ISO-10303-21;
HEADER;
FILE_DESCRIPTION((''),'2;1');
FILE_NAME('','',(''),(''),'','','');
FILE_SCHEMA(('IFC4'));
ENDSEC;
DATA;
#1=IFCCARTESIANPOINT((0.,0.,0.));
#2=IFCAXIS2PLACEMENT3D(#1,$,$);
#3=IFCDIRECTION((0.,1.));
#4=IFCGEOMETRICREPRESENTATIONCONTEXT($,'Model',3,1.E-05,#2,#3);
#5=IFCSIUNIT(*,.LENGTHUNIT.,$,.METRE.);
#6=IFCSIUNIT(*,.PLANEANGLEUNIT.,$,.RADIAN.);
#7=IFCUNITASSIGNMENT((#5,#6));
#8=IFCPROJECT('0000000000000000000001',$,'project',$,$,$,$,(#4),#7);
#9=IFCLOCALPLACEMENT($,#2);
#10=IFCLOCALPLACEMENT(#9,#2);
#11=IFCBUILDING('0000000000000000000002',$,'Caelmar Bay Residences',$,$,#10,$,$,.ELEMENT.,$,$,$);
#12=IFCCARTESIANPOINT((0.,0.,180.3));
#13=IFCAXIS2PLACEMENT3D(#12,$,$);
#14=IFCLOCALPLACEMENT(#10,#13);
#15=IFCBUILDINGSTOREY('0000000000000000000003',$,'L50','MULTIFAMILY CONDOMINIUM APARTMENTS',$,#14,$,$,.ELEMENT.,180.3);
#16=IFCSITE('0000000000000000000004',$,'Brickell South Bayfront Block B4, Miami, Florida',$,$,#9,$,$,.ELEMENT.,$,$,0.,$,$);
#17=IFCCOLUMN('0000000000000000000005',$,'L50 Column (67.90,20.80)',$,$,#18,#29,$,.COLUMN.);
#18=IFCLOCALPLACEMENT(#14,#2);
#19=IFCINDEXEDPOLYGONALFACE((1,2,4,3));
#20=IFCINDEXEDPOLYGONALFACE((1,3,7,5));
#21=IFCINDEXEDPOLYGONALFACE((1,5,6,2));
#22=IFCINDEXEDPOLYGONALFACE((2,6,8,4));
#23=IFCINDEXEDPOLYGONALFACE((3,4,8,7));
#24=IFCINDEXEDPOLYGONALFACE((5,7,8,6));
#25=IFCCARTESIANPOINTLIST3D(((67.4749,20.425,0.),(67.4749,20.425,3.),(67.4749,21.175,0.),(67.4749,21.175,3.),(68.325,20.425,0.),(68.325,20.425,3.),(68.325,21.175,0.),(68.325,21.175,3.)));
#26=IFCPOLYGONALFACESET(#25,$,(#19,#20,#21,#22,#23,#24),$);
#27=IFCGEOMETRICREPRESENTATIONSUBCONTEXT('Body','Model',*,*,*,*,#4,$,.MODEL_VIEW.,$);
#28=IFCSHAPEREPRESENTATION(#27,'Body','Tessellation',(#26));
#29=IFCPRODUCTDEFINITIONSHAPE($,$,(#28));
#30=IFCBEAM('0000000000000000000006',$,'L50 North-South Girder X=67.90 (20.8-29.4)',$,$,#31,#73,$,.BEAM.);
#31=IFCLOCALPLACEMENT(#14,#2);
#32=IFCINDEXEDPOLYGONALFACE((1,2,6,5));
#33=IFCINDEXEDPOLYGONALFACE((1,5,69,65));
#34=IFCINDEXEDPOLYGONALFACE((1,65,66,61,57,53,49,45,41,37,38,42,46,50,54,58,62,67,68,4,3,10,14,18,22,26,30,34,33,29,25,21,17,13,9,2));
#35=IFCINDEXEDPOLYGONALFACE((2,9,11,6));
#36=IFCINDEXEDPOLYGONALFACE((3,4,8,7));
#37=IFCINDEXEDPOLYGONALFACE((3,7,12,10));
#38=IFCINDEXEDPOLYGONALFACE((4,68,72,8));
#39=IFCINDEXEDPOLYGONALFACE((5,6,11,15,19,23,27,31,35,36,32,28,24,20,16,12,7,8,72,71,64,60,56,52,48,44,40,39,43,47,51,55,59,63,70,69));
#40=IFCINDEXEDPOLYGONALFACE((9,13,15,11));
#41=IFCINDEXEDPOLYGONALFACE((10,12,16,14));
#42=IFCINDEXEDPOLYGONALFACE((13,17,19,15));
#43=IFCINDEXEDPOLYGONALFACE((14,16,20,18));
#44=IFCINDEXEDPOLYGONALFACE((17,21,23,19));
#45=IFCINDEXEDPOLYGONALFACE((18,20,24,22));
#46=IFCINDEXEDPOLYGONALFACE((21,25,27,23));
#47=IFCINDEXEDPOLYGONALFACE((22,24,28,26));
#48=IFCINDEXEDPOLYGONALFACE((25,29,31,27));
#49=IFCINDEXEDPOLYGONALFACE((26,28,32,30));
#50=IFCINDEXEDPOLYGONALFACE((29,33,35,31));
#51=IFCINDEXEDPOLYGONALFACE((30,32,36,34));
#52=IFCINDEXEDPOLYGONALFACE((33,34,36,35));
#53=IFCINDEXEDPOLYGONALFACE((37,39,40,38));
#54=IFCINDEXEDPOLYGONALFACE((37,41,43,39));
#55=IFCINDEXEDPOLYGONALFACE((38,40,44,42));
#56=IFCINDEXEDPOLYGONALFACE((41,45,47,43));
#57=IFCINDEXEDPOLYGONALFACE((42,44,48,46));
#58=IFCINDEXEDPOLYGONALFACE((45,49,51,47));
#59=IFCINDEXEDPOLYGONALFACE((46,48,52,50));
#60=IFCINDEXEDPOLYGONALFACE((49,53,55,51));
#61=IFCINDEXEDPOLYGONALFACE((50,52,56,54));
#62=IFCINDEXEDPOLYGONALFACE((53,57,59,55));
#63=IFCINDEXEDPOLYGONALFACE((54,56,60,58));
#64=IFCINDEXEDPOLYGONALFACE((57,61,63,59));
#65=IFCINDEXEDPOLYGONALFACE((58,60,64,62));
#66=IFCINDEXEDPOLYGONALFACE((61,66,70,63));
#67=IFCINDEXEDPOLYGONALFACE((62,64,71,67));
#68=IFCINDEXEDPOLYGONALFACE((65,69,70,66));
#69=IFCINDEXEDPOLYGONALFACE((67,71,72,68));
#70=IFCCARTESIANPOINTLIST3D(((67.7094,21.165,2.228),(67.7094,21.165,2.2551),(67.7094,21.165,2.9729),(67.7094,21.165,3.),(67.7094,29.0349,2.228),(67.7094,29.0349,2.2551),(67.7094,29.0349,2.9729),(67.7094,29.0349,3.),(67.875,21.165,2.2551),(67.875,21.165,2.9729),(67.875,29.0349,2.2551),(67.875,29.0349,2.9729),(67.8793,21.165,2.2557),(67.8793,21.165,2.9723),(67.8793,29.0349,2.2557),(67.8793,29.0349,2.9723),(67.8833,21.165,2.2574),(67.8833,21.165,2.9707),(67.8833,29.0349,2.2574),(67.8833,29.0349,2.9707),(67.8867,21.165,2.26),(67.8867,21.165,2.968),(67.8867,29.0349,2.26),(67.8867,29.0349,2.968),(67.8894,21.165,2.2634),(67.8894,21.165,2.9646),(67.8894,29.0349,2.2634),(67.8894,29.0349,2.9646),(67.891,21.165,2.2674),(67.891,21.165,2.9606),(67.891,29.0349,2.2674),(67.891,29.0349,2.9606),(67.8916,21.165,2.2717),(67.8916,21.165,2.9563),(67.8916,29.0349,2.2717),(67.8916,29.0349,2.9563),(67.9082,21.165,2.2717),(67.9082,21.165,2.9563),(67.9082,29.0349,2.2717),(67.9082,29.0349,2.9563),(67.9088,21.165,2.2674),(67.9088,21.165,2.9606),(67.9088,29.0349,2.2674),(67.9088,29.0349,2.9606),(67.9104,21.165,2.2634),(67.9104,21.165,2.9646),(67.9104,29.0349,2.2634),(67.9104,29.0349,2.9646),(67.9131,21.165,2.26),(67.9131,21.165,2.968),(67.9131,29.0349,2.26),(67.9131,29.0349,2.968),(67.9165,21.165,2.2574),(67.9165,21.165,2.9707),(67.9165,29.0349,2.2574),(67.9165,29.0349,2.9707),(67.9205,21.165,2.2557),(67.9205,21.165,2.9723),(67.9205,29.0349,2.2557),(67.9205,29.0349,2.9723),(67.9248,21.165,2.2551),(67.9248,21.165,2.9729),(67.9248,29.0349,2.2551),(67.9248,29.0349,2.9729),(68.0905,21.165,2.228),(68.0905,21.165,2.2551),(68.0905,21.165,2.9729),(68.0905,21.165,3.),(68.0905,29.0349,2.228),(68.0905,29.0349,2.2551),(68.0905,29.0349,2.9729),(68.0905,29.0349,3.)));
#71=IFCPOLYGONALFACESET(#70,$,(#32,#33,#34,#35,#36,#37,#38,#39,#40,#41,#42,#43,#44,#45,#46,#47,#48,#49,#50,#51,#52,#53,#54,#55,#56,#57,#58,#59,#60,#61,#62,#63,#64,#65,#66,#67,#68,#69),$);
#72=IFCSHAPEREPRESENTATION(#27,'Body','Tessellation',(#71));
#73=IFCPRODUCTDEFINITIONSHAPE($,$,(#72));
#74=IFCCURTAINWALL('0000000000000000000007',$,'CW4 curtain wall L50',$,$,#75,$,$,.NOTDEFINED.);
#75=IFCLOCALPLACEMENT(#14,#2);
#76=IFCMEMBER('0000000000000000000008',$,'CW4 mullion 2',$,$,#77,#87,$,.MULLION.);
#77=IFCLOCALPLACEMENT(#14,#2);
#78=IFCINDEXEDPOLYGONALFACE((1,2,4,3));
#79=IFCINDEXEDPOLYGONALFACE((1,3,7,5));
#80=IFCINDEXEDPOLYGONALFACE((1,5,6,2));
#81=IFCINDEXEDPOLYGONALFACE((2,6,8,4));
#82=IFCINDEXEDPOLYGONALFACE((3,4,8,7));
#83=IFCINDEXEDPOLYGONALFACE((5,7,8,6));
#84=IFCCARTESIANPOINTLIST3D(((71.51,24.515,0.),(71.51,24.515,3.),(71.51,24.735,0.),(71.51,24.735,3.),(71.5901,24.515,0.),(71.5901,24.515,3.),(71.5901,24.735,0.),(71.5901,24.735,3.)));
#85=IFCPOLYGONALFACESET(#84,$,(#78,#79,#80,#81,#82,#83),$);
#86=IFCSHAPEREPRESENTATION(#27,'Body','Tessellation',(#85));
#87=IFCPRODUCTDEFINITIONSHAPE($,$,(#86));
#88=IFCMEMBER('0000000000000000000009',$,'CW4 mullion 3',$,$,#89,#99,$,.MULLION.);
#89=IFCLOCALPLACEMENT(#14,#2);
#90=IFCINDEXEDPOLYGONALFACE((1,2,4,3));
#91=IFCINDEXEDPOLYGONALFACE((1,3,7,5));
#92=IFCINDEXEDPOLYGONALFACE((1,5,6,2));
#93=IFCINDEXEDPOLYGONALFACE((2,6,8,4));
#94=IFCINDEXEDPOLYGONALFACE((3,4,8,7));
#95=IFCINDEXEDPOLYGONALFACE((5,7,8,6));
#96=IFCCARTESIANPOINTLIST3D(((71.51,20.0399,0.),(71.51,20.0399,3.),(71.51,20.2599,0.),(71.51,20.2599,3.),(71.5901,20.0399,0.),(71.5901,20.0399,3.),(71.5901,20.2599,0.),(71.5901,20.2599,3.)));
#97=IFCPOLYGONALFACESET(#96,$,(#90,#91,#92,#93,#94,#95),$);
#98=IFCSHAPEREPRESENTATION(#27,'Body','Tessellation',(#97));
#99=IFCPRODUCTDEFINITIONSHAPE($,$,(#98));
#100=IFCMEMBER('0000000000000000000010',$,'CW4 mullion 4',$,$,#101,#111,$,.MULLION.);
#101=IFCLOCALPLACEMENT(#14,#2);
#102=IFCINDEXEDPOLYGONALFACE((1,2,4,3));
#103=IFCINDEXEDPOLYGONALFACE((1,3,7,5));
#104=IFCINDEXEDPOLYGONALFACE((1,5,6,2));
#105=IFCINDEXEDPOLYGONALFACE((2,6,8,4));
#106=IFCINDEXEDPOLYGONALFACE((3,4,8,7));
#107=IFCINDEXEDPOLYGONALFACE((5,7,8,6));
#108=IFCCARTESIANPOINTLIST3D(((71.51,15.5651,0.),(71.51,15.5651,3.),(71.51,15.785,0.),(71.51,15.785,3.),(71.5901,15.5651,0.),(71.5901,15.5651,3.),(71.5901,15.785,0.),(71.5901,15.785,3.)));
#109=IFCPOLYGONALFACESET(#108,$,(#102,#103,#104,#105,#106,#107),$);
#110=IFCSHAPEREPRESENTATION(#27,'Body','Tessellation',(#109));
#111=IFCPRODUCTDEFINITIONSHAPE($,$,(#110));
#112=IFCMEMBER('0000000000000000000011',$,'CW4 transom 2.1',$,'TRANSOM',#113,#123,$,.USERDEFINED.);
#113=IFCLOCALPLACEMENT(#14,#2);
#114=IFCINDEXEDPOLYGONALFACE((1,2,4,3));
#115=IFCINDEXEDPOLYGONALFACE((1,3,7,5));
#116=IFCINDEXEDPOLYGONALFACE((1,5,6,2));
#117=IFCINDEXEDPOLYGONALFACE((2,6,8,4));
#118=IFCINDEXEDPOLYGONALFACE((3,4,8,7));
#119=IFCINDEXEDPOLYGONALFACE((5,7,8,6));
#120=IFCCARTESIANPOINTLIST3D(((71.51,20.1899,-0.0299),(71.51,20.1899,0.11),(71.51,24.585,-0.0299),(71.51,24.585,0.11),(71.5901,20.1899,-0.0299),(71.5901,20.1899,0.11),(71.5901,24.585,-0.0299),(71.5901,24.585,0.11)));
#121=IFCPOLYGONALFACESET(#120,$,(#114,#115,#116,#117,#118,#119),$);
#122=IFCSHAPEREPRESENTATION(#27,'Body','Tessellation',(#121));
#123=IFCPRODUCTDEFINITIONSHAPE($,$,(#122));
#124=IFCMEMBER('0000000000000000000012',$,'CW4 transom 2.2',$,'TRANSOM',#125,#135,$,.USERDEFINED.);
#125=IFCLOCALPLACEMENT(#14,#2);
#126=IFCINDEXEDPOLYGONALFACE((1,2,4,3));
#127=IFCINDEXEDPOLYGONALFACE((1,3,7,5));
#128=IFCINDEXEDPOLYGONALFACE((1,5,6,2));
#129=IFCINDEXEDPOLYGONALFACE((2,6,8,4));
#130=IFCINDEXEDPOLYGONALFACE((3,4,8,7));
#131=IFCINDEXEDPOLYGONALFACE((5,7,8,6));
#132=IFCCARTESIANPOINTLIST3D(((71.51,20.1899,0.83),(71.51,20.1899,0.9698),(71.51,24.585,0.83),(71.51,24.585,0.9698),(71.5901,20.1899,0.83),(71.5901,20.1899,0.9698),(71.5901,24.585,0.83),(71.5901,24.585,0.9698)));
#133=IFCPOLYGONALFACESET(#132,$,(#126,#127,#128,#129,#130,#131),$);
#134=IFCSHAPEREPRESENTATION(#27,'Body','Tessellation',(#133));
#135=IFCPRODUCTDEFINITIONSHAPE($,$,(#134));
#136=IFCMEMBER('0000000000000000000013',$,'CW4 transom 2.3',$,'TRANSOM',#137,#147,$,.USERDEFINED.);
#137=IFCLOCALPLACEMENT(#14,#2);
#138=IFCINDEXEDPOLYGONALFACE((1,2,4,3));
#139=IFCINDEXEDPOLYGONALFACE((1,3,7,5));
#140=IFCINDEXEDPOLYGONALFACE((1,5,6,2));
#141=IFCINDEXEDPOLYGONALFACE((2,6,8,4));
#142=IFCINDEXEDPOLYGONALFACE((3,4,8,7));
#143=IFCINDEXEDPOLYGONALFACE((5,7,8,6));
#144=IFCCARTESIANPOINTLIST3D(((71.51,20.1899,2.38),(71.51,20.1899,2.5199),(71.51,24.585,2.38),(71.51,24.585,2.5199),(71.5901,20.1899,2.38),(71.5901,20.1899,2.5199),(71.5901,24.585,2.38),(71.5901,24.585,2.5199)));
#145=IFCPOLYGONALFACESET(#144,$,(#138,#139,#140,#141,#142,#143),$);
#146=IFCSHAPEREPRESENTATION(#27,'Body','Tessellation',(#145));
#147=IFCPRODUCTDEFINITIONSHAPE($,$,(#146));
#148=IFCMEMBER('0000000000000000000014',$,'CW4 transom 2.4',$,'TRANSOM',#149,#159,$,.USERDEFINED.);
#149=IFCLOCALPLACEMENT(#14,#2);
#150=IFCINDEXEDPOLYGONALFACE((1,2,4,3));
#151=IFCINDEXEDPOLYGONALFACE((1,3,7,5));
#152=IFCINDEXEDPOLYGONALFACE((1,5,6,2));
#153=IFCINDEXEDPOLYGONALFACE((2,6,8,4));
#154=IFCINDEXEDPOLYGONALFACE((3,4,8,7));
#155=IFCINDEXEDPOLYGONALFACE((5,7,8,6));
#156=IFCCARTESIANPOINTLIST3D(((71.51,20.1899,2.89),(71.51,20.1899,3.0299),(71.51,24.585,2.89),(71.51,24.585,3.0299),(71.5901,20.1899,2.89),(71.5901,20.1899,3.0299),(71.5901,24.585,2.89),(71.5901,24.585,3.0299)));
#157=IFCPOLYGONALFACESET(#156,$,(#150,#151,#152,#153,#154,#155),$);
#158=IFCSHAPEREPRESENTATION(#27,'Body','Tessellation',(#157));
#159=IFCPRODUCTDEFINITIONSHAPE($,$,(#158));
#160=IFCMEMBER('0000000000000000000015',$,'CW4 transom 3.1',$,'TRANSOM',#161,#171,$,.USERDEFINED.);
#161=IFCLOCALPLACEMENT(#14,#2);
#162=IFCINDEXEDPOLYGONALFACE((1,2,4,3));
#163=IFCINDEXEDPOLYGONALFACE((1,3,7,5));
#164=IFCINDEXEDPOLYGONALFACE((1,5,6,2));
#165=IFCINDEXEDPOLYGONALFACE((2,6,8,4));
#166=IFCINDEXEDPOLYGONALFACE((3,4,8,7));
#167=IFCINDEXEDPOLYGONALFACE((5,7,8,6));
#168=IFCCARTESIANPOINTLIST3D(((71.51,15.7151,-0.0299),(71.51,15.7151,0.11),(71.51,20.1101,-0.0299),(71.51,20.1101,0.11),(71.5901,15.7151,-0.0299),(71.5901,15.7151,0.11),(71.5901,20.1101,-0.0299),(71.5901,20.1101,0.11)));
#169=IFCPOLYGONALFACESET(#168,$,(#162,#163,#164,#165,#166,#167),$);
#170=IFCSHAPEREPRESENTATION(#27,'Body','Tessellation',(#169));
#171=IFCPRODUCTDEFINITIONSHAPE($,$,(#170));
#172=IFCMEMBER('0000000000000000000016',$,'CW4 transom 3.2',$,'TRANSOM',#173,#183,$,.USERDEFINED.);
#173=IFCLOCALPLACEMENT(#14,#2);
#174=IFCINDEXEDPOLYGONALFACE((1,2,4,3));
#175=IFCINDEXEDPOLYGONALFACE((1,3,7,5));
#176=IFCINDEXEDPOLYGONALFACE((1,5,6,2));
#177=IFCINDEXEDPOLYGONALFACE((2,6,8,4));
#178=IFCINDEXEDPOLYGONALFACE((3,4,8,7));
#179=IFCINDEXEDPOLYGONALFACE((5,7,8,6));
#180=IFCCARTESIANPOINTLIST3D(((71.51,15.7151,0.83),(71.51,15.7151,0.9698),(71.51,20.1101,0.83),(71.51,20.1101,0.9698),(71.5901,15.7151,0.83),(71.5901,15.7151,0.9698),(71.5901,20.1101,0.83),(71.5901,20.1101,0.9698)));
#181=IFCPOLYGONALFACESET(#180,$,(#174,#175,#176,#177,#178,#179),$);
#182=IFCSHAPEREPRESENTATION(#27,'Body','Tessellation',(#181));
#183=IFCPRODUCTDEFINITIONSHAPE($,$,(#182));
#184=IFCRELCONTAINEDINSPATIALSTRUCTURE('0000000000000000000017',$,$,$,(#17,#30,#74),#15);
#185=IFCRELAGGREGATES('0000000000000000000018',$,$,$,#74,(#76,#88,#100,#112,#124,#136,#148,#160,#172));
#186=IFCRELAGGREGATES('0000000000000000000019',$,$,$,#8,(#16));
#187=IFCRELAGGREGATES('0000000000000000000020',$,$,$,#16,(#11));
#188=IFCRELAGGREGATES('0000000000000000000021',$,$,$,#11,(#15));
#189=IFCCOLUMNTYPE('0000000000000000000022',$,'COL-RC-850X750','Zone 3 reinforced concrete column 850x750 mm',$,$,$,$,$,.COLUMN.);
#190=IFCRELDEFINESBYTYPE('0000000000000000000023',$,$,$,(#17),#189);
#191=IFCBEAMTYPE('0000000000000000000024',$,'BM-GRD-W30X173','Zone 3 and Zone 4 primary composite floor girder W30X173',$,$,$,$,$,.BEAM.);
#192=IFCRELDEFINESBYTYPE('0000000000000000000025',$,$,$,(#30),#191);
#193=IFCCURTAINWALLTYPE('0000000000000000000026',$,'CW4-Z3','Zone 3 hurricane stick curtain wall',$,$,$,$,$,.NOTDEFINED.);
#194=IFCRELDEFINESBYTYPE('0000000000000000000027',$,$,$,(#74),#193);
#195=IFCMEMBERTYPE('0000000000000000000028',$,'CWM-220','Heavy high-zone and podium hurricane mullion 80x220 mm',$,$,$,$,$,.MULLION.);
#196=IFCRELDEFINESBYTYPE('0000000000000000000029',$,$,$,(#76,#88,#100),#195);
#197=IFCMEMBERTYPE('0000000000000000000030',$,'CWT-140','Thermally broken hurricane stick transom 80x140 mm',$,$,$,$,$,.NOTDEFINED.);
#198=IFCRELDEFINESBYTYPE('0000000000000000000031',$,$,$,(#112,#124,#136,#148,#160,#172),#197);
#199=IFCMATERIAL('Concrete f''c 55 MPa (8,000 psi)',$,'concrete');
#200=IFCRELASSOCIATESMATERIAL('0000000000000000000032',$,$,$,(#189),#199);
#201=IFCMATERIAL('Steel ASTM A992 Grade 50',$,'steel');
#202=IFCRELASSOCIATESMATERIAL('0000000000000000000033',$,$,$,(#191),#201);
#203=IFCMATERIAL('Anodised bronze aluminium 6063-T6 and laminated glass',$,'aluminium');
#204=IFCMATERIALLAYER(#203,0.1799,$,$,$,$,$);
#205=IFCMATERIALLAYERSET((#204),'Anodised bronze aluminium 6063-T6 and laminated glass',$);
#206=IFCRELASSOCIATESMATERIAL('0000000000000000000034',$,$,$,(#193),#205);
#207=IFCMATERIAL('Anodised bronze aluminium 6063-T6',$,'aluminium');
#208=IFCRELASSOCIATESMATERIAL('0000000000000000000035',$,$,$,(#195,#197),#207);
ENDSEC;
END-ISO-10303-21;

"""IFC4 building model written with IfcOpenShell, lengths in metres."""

from ifc_helpers import new_model, si_unit, direction, frame, origin, origin_2d, place, context, subcontext, project, spatial, rectangle, i_section, extrude, material, layer, layer_set, material_profile, profile_set, type_object, element, aggregate, save


model = new_model("IFC4")

# Units and contexts
model_context = context("Model", 3, precision=1e-05, world=origin(), true_north=direction((0.0, 1.0)))
body_context = subcontext(model_context, "Body", "Model", "MODEL_VIEW")
ifc_project = project(units=[si_unit("LENGTHUNIT", "METRE"), si_unit("PLANEANGLEUNIT", "RADIAN")], contexts=[model_context])

# Site, building, storey
site_placement = place(None, origin())
site = spatial("IfcSite", under=ifc_project, at=site_placement, Name="Brickell South Bayfront Block B4, Miami, Florida", CompositionType="ELEMENT", RefElevation=0.0)
building_placement = place(site_placement, origin())
building = spatial("IfcBuilding", under=site, at=building_placement, Name="Caelmar Bay Residences", CompositionType="ELEMENT")
storey_placement = place(building_placement, frame((0.0, 0.0, 180.3)))
storey = spatial("IfcBuildingStorey", under=building, at=storey_placement, Name="L50", Description="MULTIFAMILY CONDOMINIUM APARTMENTS", CompositionType="ELEMENT", Elevation=180.3)

# Column
ifc_material_1 = material(Name="Concrete f'c 55 MPa (8,000 psi)", Category="concrete")
ifc_material_profile_1 = material_profile(ifc_material_1, rectangle(XDim=0.8501, YDim=0.75, at=origin_2d()), Name="RC-COL-850X750")
ifc_profile_set_1 = profile_set([ifc_material_profile_1], Name="Concrete f'c 55 MPa (8,000 psi)")
column_type = type_object("IfcColumnType", Name="COL-RC-850X750", Description="Zone 3 reinforced concrete column 850x750 mm", PredefinedType="COLUMN", material=ifc_profile_set_1)
column_placement = place(storey_placement, frame((67.8999, 20.8, 0.0), z_axis=(0.0, 0.0, 1.0), x_axis=(1.0, 0.0, 0.0)))
element("IfcColumn", 1, at=column_placement, inside=storey, type_object=column_type, Name="L50 Column (67.90,20.80)", PredefinedType="COLUMN", context=body_context, shape_type="SweptSolid", body=[
    extrude(rectangle(XDim=0.8501, YDim=0.75, at=origin_2d()), origin(), (0.0, 0.0, 1.0), 3.0),
])

# Beam
ifc_material_2 = material(Name="Steel ASTM A992 Grade 50", Category="steel")
ifc_material_profile_2 = material_profile(ifc_material_2, i_section(OverallWidth=0.3811, OverallDepth=0.772, WebThickness=0.0166, FlangeThickness=0.0271, FilletRadius=0.0166, at=origin_2d()), Name="W30X173")
ifc_profile_set_2 = profile_set([ifc_material_profile_2], Name="Steel ASTM A992 Grade 50")
beam_type = type_object("IfcBeamType", Name="BM-GRD-W30X173", Description="Zone 3 and Zone 4 primary composite floor girder W30X173", PredefinedType="BEAM", material=ifc_profile_set_2)
beam_placement = place(storey_placement, frame((67.8999, 21.165, 2.614), z_axis=(0.0, 1.0, 0.0), x_axis=(-1.0, 0.0, 0.0)))
element("IfcBeam", 2, at=beam_placement, inside=storey, type_object=beam_type, Name="L50 North-South Girder X=67.90 (20.8-29.4)", PredefinedType="BEAM", context=body_context, shape_type="SweptSolid", body=[
    extrude(i_section(OverallWidth=0.3811, OverallDepth=0.772, WebThickness=0.0166, FlangeThickness=0.0271, FilletRadius=0.0166, at=origin_2d()), origin(), (0.0, 0.0, 1.0), 7.8699),
])

# Curtain wall, members
ifc_material_3 = material(Name="Anodised bronze aluminium 6063-T6 and laminated glass", Category="aluminium")
ifc_layer_1 = layer(ifc_material_3, 0.1799)
ifc_layer_set_1 = layer_set([ifc_layer_1], Name="Anodised bronze aluminium 6063-T6 and laminated glass")
curtain_wall_type = type_object("IfcCurtainWallType", Name="CW4-Z3", Description="Zone 3 hurricane stick curtain wall", PredefinedType="NOTDEFINED", material=ifc_layer_set_1)
curtain_wall_placement = place(storey_placement, origin())
curtain_wall = element("IfcCurtainWall", 3, at=curtain_wall_placement, inside=storey, type_object=curtain_wall_type, Name="CW4 curtain wall L50", PredefinedType="NOTDEFINED")
ifc_material_4 = material(Name="Anodised bronze aluminium 6063-T6", Category="aluminium")
ifc_material_profile_3 = material_profile(ifc_material_4, rectangle(XDim=0.0801, YDim=0.22, at=origin_2d()), Name="CWM-80X220")
ifc_profile_set_3 = profile_set([ifc_material_profile_3], Name="Anodised bronze aluminium 6063-T6")
member_type_1 = type_object("IfcMemberType", Name="CWM-220", Description="Heavy high-zone and podium hurricane mullion 80x220 mm", PredefinedType="MULLION", material=ifc_profile_set_3)
member_1_placement = place(storey_placement, frame((71.55, 24.625, 0.0), z_axis=(0.0, 0.0, 1.0), x_axis=(1.0, 0.0, 0.0)))
member_1 = element("IfcMember", 4, at=member_1_placement, type_object=member_type_1, Name="CW4 mullion 2", PredefinedType="MULLION", context=body_context, shape_type="SweptSolid", body=[
    extrude(rectangle(XDim=0.0801, YDim=0.22, at=origin_2d()), origin(), (0.0, 0.0, 1.0), 3.0),
])
member_2_placement = place(storey_placement, frame((71.55, 20.1499, 0.0), z_axis=(0.0, 0.0, 1.0), x_axis=(1.0, 0.0, 0.0)))
member_2 = element("IfcMember", 5, at=member_2_placement, type_object=member_type_1, Name="CW4 mullion 3", PredefinedType="MULLION", context=body_context, shape_type="SweptSolid", body=[
    extrude(rectangle(XDim=0.0801, YDim=0.22, at=origin_2d()), origin(), (0.0, 0.0, 1.0), 3.0),
])
member_3_placement = place(storey_placement, frame((71.55, 15.675, 0.0), z_axis=(0.0, 0.0, 1.0), x_axis=(1.0, 0.0, 0.0)))
member_3 = element("IfcMember", 6, at=member_3_placement, type_object=member_type_1, Name="CW4 mullion 4", PredefinedType="MULLION", context=body_context, shape_type="SweptSolid", body=[
    extrude(rectangle(XDim=0.0801, YDim=0.22, at=origin_2d()), origin(), (0.0, 0.0, 1.0), 3.0),
])
ifc_material_profile_4 = material_profile(ifc_material_4, rectangle(XDim=0.0801, YDim=0.1399, at=origin_2d()), Name="CWT-80X140")
ifc_profile_set_4 = profile_set([ifc_material_profile_4], Name="Anodised bronze aluminium 6063-T6")
member_type_2 = type_object("IfcMemberType", Name="CWT-140", Description="Thermally broken hurricane stick transom 80x140 mm", PredefinedType="NOTDEFINED", material=ifc_profile_set_4)
member_4_placement = place(storey_placement, frame((71.55, 24.585, 0.04), z_axis=(0.0, -1.0, 0.0), x_axis=(1.0, 0.0, 0.0)))
member_4 = element("IfcMember", 7, at=member_4_placement, type_object=member_type_2, Name="CW4 transom 2.1", ObjectType="TRANSOM", PredefinedType="USERDEFINED", context=body_context, shape_type="SweptSolid", body=[
    extrude(rectangle(XDim=0.0801, YDim=0.1399, at=origin_2d()), origin(), (0.0, 0.0, 1.0), 4.395),
])
member_5_placement = place(storey_placement, frame((71.55, 24.585, 0.8999), z_axis=(0.0, -1.0, 0.0), x_axis=(1.0, 0.0, 0.0)))
member_5 = element("IfcMember", 8, at=member_5_placement, type_object=member_type_2, Name="CW4 transom 2.2", ObjectType="TRANSOM", PredefinedType="USERDEFINED", context=body_context, shape_type="SweptSolid", body=[
    extrude(rectangle(XDim=0.0801, YDim=0.1399, at=origin_2d()), origin(), (0.0, 0.0, 1.0), 4.395),
])
member_6_placement = place(storey_placement, frame((71.55, 24.585, 2.45), z_axis=(0.0, -1.0, 0.0), x_axis=(1.0, 0.0, 0.0)))
member_6 = element("IfcMember", 9, at=member_6_placement, type_object=member_type_2, Name="CW4 transom 2.3", ObjectType="TRANSOM", PredefinedType="USERDEFINED", context=body_context, shape_type="SweptSolid", body=[
    extrude(rectangle(XDim=0.0801, YDim=0.1399, at=origin_2d()), origin(), (0.0, 0.0, 1.0), 4.395),
])
member_7_placement = place(storey_placement, frame((71.55, 24.585, 2.96), z_axis=(0.0, -1.0, 0.0), x_axis=(1.0, 0.0, 0.0)))
member_7 = element("IfcMember", 10, at=member_7_placement, type_object=member_type_2, Name="CW4 transom 2.4", ObjectType="TRANSOM", PredefinedType="USERDEFINED", context=body_context, shape_type="SweptSolid", body=[
    extrude(rectangle(XDim=0.0801, YDim=0.1399, at=origin_2d()), origin(), (0.0, 0.0, 1.0), 4.395),
])
member_8_placement = place(storey_placement, frame((71.55, 20.1101, 0.04), z_axis=(0.0, -1.0, 0.0), x_axis=(1.0, 0.0, 0.0)))
member_8 = element("IfcMember", 11, at=member_8_placement, type_object=member_type_2, Name="CW4 transom 3.1", ObjectType="TRANSOM", PredefinedType="USERDEFINED", context=body_context, shape_type="SweptSolid", body=[
    extrude(rectangle(XDim=0.0801, YDim=0.1399, at=origin_2d()), origin(), (0.0, 0.0, 1.0), 4.395),
])
member_9_placement = place(storey_placement, frame((71.55, 20.1101, 0.8999), z_axis=(0.0, -1.0, 0.0), x_axis=(1.0, 0.0, 0.0)))
member_9 = element("IfcMember", 12, at=member_9_placement, type_object=member_type_2, Name="CW4 transom 3.2", ObjectType="TRANSOM", PredefinedType="USERDEFINED", context=body_context, shape_type="SweptSolid", body=[
    extrude(rectangle(XDim=0.0801, YDim=0.1399, at=origin_2d()), origin(), (0.0, 0.0, 1.0), 4.395),
])
aggregate(curtain_wall, [member_1, member_2, member_3, member_4, member_5, member_6, member_7, member_8, member_9])

save(model, "model.ifc")
